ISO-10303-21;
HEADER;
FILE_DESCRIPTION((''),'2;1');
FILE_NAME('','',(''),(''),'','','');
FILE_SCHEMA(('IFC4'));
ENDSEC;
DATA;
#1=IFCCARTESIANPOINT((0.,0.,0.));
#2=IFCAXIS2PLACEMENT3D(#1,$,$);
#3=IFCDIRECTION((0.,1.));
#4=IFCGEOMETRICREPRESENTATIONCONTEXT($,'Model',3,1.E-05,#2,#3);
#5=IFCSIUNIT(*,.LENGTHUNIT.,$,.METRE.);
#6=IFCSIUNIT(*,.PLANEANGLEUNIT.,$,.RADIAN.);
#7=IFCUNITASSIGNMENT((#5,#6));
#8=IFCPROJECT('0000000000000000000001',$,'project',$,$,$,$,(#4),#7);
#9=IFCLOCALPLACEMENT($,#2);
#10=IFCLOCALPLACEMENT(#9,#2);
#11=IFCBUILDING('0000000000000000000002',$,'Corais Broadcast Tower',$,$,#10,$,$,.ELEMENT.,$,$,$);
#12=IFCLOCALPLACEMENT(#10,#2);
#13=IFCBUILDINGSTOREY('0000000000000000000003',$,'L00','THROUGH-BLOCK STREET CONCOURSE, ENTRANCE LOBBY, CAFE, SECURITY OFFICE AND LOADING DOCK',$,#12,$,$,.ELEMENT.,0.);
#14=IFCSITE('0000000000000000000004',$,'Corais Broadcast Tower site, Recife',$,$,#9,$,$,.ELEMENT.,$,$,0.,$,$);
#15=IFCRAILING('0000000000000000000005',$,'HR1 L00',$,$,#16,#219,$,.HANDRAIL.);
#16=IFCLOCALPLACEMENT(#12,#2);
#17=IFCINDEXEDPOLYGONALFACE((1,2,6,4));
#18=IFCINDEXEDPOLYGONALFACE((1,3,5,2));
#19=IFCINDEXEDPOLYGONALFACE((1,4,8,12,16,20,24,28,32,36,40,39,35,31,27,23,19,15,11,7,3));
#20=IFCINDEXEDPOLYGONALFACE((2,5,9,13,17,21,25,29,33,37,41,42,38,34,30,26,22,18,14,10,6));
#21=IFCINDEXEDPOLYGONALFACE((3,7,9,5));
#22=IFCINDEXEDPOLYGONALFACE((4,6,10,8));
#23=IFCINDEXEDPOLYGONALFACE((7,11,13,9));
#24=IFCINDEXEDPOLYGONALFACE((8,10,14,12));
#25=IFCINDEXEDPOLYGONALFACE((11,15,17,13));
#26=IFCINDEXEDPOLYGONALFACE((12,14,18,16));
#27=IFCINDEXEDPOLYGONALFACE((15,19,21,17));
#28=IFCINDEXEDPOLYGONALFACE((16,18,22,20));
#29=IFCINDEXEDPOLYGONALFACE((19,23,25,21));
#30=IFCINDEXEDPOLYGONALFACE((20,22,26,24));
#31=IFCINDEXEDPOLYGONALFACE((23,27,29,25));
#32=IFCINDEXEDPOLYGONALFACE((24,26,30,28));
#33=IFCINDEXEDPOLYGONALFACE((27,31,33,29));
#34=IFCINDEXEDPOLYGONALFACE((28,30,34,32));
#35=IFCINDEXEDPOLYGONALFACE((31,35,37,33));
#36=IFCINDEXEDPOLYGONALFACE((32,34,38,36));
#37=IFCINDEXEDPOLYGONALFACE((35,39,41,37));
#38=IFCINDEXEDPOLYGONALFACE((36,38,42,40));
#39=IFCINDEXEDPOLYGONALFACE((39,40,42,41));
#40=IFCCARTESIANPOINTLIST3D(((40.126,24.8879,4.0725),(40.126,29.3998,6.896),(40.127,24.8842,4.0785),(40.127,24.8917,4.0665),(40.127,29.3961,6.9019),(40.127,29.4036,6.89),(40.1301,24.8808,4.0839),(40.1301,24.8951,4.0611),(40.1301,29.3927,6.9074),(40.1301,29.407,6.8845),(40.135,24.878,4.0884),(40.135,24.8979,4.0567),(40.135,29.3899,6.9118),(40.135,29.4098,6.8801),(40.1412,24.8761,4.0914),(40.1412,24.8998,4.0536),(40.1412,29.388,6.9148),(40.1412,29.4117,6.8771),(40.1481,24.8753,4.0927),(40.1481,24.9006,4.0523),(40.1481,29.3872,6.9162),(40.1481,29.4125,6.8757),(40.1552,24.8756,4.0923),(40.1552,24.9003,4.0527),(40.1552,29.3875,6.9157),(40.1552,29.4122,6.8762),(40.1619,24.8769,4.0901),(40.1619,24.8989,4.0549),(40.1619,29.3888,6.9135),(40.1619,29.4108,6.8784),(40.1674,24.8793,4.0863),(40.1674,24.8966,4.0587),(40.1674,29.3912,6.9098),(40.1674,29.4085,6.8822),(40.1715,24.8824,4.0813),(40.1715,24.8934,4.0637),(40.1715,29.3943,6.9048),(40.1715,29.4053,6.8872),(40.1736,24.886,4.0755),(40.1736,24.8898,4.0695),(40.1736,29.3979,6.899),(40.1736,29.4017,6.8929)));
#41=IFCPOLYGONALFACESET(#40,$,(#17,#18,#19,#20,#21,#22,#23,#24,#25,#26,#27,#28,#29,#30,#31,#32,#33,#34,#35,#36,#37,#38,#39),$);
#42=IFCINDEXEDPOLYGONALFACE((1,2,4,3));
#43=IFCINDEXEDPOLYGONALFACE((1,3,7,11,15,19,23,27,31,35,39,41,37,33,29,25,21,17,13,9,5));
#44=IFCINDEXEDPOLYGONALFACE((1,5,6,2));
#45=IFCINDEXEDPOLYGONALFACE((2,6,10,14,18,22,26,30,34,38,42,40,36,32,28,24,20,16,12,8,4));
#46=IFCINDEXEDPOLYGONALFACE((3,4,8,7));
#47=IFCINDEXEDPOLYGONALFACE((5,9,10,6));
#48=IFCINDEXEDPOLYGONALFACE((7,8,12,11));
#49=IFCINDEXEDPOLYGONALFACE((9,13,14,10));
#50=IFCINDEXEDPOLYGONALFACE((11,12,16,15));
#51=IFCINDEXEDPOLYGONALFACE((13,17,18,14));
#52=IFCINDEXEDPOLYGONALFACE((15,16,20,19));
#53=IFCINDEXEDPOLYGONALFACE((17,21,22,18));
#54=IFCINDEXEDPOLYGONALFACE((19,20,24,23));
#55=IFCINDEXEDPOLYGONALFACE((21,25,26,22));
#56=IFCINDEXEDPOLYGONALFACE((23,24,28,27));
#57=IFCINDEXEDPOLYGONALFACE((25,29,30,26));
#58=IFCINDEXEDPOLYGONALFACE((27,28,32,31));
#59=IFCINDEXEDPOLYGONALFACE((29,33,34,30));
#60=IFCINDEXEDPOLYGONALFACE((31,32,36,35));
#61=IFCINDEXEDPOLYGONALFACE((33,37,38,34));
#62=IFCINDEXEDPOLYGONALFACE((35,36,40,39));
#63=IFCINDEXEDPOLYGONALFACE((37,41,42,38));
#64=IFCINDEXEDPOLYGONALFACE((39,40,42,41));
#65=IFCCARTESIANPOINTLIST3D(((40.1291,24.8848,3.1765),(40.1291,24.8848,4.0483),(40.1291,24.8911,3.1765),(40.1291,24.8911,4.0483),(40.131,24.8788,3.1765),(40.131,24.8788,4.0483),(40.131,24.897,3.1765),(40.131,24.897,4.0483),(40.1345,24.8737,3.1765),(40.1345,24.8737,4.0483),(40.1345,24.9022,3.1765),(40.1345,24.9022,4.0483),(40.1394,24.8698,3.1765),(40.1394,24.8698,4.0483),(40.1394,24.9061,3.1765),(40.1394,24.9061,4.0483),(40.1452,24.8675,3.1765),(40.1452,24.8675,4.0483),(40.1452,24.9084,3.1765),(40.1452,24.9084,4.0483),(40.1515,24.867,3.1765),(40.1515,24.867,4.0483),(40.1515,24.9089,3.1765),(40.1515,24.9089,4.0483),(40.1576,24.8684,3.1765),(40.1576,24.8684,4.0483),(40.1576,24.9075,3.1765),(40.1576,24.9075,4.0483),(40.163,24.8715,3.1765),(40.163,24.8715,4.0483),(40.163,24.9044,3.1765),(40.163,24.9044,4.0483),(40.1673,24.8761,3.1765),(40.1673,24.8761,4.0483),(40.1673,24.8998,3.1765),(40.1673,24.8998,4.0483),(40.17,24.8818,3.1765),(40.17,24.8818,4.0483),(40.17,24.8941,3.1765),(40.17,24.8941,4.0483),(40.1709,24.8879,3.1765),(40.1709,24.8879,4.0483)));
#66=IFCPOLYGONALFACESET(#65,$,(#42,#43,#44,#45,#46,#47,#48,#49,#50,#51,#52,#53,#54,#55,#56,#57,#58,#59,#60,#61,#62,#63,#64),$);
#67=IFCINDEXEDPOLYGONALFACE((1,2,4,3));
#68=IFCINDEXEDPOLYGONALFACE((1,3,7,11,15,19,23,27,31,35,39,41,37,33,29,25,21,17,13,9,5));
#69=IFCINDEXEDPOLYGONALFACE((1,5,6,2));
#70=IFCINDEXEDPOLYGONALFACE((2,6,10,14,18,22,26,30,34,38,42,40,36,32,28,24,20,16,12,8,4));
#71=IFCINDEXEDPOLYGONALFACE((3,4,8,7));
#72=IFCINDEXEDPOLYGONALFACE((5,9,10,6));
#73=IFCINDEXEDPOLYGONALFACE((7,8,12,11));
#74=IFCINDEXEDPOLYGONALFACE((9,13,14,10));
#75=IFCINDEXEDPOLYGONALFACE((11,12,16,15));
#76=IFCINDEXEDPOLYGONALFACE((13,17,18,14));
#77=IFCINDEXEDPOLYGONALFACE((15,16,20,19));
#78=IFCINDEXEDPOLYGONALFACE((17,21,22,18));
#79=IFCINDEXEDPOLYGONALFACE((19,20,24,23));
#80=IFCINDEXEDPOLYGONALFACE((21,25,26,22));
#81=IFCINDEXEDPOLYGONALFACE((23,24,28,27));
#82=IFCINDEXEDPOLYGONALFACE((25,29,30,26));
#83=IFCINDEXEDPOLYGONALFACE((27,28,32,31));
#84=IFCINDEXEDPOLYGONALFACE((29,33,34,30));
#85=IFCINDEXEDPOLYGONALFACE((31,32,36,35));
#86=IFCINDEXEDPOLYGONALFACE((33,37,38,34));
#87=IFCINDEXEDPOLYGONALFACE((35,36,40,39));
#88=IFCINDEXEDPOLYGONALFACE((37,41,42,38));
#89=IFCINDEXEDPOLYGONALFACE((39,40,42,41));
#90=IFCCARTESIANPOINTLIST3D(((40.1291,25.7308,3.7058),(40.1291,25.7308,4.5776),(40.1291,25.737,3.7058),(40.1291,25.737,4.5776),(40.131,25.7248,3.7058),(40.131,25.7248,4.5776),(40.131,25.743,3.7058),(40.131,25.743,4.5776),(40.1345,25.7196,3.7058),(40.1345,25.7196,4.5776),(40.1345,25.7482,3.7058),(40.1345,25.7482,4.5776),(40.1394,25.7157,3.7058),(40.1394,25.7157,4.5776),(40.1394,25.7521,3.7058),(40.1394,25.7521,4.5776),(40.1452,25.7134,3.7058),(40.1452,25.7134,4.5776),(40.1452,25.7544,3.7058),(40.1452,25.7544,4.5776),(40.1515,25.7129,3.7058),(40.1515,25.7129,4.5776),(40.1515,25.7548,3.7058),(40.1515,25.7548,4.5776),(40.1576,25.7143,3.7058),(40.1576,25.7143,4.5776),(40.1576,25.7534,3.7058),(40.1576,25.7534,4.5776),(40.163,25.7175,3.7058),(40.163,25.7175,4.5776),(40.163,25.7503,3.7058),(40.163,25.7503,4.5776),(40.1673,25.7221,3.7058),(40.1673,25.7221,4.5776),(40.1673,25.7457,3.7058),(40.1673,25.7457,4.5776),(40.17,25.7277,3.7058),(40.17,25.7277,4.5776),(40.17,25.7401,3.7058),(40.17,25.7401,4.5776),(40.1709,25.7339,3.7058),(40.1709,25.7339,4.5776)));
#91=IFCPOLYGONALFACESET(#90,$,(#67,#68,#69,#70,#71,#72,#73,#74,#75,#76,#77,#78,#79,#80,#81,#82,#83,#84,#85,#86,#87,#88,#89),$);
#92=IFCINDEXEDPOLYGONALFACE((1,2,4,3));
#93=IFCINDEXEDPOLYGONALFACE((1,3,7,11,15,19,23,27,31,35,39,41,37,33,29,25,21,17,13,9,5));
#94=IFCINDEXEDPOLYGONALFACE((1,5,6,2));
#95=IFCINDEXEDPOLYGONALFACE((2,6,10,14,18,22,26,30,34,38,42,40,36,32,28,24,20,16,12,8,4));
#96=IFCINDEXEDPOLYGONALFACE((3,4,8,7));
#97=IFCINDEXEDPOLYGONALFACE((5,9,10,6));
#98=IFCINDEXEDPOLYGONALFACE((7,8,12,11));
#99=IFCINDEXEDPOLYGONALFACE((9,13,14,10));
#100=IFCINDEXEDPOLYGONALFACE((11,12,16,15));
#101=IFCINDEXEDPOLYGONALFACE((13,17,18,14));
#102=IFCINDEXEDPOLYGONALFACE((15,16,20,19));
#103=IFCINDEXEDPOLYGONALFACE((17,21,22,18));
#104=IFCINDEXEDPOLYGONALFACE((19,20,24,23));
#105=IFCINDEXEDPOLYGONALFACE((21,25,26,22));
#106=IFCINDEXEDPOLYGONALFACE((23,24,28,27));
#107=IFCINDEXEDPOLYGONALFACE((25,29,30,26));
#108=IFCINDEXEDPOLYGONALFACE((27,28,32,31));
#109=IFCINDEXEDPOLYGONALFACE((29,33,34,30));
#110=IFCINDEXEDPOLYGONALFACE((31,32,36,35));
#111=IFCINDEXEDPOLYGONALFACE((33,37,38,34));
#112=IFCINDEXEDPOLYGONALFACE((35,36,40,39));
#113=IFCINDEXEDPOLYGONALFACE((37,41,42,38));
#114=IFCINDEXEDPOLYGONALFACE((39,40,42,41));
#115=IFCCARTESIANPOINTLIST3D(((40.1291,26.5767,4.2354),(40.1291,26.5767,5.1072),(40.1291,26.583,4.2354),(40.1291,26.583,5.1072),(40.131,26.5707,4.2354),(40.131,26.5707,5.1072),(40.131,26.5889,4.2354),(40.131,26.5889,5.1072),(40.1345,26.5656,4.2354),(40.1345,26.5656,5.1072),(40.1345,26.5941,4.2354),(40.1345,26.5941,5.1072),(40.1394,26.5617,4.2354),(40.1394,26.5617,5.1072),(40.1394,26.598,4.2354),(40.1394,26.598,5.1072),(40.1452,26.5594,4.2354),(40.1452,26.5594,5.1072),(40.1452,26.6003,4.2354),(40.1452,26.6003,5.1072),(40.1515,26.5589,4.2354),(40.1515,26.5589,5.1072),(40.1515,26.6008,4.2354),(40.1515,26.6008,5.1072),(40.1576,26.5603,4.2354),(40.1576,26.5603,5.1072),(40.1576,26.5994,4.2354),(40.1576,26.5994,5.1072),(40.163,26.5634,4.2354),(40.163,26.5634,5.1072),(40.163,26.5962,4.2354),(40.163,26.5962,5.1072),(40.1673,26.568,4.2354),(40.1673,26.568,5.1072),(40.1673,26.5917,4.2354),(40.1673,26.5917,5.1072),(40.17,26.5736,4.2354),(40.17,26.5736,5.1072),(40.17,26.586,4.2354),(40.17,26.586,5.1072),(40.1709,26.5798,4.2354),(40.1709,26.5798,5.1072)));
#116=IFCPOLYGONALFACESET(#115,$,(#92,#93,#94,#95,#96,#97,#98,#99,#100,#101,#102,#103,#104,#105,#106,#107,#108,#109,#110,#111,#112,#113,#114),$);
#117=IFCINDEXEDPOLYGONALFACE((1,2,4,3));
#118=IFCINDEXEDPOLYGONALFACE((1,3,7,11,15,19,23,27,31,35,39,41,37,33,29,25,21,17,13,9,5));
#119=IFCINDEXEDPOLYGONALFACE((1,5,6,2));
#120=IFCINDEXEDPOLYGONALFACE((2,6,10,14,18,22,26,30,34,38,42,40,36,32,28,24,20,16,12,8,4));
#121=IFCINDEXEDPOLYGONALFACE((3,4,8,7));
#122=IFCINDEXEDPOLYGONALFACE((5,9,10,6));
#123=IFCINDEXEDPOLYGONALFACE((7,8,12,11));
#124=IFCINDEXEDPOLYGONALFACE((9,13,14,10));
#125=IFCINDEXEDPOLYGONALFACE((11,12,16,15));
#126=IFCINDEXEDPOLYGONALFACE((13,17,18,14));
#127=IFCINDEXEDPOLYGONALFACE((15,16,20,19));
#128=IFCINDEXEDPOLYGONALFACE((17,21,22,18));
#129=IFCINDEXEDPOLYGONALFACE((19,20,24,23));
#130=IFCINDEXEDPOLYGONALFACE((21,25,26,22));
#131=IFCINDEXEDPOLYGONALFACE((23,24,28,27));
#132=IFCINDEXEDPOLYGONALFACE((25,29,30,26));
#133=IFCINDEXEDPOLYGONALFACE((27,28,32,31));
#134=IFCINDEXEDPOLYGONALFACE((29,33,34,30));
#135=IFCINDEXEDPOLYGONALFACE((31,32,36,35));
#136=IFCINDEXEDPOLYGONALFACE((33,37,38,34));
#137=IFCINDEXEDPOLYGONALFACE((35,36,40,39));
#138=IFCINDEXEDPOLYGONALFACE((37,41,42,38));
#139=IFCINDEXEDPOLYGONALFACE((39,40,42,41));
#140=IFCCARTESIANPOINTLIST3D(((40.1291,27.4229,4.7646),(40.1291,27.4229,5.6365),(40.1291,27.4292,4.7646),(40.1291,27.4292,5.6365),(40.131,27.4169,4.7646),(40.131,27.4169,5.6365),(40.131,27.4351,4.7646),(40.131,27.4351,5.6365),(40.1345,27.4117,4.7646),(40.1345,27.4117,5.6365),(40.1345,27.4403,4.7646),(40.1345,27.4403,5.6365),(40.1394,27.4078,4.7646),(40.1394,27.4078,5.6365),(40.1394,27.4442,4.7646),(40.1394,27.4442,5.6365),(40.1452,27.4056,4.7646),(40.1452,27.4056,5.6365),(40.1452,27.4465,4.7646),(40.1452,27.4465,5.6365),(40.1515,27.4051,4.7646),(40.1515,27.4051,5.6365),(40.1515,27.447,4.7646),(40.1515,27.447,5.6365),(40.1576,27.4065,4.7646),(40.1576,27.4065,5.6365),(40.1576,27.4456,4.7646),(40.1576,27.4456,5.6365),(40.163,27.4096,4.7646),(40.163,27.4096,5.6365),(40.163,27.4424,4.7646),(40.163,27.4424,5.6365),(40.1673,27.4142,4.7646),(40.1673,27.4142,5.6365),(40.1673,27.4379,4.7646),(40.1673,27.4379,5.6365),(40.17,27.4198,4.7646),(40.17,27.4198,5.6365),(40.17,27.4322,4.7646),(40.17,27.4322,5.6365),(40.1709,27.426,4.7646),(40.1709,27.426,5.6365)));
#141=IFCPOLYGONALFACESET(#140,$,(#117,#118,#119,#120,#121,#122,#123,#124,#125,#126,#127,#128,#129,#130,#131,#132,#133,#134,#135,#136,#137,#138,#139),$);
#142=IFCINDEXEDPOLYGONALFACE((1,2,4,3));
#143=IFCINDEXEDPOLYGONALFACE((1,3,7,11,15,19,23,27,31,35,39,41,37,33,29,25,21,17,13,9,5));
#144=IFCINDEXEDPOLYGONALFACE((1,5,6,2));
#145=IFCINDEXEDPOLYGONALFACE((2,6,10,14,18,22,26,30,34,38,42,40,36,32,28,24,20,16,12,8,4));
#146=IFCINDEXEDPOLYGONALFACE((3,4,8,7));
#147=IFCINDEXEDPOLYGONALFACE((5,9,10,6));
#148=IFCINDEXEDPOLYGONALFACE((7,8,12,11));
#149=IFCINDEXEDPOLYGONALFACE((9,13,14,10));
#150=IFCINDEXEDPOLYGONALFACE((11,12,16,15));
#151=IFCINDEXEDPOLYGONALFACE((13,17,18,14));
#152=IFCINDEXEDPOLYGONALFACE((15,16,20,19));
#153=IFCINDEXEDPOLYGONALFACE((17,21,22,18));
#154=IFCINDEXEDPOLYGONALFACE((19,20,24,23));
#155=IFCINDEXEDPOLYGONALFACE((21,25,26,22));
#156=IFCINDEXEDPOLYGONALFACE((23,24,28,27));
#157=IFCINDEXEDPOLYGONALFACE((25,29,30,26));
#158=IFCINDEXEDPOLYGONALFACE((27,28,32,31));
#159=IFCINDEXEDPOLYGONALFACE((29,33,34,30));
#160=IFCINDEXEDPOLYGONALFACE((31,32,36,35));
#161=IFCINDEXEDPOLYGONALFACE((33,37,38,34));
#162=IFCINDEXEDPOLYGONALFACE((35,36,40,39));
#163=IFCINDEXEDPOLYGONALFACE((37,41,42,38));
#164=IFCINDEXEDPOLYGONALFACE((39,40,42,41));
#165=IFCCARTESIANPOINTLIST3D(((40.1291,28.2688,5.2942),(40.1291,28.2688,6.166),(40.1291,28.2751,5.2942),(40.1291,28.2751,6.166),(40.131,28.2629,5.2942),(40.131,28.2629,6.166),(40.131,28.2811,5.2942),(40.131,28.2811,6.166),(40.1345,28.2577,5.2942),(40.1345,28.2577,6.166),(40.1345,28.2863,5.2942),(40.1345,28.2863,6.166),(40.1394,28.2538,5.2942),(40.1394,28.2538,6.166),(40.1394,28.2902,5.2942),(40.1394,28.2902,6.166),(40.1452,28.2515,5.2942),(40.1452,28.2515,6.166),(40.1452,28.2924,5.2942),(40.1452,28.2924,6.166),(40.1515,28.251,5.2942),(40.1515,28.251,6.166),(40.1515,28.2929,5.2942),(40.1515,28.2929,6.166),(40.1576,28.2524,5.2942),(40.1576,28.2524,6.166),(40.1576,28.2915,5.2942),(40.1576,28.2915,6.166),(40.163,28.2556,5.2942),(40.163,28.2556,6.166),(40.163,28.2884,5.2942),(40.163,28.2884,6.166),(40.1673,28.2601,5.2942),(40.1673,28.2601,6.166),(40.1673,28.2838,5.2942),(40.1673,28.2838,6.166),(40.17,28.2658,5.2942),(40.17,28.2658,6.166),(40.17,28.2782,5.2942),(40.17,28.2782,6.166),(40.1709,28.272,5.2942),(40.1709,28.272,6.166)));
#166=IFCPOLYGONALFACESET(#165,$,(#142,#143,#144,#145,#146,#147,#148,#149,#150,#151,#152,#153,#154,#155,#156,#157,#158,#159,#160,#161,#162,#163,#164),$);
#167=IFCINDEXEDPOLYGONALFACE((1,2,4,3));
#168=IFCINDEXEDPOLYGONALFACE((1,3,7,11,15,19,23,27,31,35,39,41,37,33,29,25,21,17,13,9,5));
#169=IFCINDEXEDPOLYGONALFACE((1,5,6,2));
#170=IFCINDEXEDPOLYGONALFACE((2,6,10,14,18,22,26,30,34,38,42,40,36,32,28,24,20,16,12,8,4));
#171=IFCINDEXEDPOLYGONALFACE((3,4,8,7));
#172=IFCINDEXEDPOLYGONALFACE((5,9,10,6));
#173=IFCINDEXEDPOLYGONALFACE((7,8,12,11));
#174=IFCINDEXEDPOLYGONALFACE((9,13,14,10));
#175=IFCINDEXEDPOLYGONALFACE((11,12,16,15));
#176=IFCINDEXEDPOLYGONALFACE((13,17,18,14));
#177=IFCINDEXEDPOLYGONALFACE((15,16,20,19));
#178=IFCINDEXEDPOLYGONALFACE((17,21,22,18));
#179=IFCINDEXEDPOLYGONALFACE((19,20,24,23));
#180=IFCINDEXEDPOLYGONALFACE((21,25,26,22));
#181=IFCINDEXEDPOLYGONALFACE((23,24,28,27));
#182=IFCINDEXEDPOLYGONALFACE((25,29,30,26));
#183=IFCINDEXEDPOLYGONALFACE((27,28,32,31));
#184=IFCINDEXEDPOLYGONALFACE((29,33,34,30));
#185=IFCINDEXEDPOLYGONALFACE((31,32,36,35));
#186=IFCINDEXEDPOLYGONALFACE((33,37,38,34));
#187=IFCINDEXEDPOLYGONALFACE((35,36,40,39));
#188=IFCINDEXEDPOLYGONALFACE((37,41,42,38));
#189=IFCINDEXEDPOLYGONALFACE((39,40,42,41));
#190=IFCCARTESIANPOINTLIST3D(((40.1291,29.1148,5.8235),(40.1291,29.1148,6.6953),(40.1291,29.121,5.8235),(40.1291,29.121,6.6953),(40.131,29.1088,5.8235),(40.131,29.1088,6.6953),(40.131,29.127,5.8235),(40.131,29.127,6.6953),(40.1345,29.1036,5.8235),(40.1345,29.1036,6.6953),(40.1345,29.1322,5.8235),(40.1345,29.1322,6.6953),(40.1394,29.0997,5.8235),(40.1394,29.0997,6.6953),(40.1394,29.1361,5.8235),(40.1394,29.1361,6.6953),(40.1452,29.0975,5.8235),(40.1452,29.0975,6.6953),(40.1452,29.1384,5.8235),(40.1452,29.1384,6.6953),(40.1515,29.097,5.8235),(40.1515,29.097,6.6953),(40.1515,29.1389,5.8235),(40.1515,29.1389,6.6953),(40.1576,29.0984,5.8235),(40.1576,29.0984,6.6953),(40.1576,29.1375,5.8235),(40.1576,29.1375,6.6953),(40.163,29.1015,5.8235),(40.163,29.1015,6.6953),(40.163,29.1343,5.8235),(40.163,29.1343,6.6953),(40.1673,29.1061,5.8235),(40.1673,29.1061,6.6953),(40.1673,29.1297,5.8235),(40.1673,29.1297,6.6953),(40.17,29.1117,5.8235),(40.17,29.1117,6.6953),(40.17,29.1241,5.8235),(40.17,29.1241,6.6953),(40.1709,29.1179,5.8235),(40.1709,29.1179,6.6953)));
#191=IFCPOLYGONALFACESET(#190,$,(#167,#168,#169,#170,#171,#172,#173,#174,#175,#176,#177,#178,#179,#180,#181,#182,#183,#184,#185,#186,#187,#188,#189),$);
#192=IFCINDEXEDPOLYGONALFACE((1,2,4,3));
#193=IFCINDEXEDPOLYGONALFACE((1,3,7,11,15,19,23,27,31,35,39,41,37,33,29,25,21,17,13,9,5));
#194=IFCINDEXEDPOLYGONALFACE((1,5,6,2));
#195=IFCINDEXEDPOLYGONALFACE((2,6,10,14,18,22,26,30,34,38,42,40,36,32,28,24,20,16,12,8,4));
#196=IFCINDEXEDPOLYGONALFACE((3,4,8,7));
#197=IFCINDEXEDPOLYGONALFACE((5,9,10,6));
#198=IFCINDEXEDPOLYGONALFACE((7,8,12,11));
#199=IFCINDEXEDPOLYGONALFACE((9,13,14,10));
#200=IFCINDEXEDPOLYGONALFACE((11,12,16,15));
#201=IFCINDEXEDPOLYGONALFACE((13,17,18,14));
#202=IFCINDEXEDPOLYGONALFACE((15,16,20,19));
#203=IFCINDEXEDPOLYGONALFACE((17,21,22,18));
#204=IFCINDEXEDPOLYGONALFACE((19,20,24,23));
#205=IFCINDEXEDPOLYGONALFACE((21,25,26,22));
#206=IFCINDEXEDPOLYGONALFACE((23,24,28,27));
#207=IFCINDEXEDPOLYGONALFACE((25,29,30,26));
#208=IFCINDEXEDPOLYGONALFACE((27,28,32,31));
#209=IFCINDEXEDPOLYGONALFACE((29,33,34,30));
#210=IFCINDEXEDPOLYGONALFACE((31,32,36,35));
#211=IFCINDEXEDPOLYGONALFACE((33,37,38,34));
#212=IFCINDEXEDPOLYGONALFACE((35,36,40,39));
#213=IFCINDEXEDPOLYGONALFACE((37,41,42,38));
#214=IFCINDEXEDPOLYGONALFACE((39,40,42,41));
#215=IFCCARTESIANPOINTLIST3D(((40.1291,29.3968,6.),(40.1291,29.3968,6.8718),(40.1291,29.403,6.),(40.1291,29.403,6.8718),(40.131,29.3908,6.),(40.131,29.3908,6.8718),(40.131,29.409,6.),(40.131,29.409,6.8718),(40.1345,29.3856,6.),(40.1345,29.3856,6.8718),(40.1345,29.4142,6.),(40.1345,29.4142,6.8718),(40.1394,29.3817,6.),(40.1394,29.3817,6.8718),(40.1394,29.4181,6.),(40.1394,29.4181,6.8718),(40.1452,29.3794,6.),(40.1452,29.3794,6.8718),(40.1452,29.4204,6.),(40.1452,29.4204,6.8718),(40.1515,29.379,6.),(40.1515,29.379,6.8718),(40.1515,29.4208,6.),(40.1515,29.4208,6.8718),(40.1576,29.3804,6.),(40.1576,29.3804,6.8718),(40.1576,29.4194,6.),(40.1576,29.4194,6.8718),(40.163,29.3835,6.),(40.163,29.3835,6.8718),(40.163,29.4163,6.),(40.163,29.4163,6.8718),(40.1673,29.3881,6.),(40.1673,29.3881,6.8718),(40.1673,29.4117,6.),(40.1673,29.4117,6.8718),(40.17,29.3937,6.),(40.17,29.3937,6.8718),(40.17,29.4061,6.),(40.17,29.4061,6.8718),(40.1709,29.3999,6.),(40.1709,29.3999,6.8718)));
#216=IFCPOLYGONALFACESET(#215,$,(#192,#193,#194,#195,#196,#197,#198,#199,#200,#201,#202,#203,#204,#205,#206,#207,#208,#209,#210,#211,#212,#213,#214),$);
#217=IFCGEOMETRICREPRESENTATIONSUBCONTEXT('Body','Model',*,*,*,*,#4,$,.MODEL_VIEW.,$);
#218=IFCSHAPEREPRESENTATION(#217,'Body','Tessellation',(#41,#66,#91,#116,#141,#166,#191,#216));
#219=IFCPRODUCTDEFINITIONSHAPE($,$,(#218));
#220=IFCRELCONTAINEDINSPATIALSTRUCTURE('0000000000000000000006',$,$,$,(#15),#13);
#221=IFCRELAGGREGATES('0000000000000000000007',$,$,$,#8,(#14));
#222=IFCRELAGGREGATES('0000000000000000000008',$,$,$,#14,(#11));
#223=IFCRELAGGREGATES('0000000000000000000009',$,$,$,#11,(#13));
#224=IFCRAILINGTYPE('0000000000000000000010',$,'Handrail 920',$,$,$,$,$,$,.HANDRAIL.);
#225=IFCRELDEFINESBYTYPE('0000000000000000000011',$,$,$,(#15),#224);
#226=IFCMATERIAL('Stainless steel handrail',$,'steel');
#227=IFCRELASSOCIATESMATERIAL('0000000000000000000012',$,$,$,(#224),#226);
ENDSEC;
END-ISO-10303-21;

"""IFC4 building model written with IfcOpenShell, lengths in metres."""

from ifc_helpers import new_model, si_unit, direction, frame, origin, origin_2d, place, context, subcontext, project, spatial, circle, extrude, material, type_object, element, save


model = new_model("IFC4")

# Units and contexts
model_context = context("Model", 3, precision=1e-05, world=origin(), true_north=direction((0.0, 1.0)))
body_context = subcontext(model_context, "Body", "Model", "MODEL_VIEW")
ifc_project = project(units=[si_unit("LENGTHUNIT", "METRE"), si_unit("PLANEANGLEUNIT", "RADIAN")], contexts=[model_context])

# Site, building, storey
site_placement = place(None, origin())
site = spatial("IfcSite", under=ifc_project, at=site_placement, Name="Corais Broadcast Tower site, Recife", CompositionType="ELEMENT", RefElevation=0.0)
building_placement = place(site_placement, origin())
building = spatial("IfcBuilding", under=site, at=building_placement, Name="Corais Broadcast Tower", CompositionType="ELEMENT")
storey_placement = place(building_placement, origin())
storey = spatial("IfcBuildingStorey", under=building, at=storey_placement, Name="L00", Description="THROUGH-BLOCK STREET CONCOURSE, ENTRANCE LOBBY, CAFE, SECURITY OFFICE AND LOADING DOCK", CompositionType="ELEMENT", Elevation=0.0)

# Railing
ifc_material_1 = material(Name="Stainless steel handrail", Category="steel")
railing_type = type_object("IfcRailingType", Name="Handrail 920", PredefinedType="HANDRAIL", material=ifc_material_1)
for number, where, name in (
    (1, (40.1499, 24.8879, 3.1765), "HR1 L00"),
):
    element("IfcRailing", number, at=place(storey_placement, frame(where)), inside=storey, type_object=railing_type, Name=name, PredefinedType="HANDRAIL", context=body_context, shape_type="SweptSolid", body=[
        extrude(circle(Radius=0.0239, at=origin_2d()), frame((0.0, 0.0, 0.896), z_axis=(0.0, 0.847702, 0.530473), x_axis=(-1.0, 0.0, 0.0)), (0.0, 0.0, 1.0), 5.3225),
        extrude(circle(Radius=0.021, at=origin_2d()), origin(), (0.0, 0.0, 1.0), 0.8718),
        extrude(circle(Radius=0.021, at=origin_2d()), frame((0.0, 0.8459, 0.5293)), (0.0, 0.0, 1.0), 0.8718),
        extrude(circle(Radius=0.021, at=origin_2d()), frame((0.0, 1.6919, 1.0588)), (0.0, 0.0, 1.0), 0.8718),
        extrude(circle(Radius=0.021, at=origin_2d()), frame((0.0, 2.5381, 1.5881)), (0.0, 0.0, 1.0), 0.8718),
        extrude(circle(Radius=0.021, at=origin_2d()), frame((0.0, 3.384, 2.1177)), (0.0, 0.0, 1.0), 0.8718),
        extrude(circle(Radius=0.021, at=origin_2d()), frame((0.0, 4.23, 2.647)), (0.0, 0.0, 1.0), 0.8718),
        extrude(circle(Radius=0.021, at=origin_2d()), frame((0.0, 4.512, 2.8235)), (0.0, 0.0, 1.0), 0.8718),
    ])

save(model, "model.ifc")
